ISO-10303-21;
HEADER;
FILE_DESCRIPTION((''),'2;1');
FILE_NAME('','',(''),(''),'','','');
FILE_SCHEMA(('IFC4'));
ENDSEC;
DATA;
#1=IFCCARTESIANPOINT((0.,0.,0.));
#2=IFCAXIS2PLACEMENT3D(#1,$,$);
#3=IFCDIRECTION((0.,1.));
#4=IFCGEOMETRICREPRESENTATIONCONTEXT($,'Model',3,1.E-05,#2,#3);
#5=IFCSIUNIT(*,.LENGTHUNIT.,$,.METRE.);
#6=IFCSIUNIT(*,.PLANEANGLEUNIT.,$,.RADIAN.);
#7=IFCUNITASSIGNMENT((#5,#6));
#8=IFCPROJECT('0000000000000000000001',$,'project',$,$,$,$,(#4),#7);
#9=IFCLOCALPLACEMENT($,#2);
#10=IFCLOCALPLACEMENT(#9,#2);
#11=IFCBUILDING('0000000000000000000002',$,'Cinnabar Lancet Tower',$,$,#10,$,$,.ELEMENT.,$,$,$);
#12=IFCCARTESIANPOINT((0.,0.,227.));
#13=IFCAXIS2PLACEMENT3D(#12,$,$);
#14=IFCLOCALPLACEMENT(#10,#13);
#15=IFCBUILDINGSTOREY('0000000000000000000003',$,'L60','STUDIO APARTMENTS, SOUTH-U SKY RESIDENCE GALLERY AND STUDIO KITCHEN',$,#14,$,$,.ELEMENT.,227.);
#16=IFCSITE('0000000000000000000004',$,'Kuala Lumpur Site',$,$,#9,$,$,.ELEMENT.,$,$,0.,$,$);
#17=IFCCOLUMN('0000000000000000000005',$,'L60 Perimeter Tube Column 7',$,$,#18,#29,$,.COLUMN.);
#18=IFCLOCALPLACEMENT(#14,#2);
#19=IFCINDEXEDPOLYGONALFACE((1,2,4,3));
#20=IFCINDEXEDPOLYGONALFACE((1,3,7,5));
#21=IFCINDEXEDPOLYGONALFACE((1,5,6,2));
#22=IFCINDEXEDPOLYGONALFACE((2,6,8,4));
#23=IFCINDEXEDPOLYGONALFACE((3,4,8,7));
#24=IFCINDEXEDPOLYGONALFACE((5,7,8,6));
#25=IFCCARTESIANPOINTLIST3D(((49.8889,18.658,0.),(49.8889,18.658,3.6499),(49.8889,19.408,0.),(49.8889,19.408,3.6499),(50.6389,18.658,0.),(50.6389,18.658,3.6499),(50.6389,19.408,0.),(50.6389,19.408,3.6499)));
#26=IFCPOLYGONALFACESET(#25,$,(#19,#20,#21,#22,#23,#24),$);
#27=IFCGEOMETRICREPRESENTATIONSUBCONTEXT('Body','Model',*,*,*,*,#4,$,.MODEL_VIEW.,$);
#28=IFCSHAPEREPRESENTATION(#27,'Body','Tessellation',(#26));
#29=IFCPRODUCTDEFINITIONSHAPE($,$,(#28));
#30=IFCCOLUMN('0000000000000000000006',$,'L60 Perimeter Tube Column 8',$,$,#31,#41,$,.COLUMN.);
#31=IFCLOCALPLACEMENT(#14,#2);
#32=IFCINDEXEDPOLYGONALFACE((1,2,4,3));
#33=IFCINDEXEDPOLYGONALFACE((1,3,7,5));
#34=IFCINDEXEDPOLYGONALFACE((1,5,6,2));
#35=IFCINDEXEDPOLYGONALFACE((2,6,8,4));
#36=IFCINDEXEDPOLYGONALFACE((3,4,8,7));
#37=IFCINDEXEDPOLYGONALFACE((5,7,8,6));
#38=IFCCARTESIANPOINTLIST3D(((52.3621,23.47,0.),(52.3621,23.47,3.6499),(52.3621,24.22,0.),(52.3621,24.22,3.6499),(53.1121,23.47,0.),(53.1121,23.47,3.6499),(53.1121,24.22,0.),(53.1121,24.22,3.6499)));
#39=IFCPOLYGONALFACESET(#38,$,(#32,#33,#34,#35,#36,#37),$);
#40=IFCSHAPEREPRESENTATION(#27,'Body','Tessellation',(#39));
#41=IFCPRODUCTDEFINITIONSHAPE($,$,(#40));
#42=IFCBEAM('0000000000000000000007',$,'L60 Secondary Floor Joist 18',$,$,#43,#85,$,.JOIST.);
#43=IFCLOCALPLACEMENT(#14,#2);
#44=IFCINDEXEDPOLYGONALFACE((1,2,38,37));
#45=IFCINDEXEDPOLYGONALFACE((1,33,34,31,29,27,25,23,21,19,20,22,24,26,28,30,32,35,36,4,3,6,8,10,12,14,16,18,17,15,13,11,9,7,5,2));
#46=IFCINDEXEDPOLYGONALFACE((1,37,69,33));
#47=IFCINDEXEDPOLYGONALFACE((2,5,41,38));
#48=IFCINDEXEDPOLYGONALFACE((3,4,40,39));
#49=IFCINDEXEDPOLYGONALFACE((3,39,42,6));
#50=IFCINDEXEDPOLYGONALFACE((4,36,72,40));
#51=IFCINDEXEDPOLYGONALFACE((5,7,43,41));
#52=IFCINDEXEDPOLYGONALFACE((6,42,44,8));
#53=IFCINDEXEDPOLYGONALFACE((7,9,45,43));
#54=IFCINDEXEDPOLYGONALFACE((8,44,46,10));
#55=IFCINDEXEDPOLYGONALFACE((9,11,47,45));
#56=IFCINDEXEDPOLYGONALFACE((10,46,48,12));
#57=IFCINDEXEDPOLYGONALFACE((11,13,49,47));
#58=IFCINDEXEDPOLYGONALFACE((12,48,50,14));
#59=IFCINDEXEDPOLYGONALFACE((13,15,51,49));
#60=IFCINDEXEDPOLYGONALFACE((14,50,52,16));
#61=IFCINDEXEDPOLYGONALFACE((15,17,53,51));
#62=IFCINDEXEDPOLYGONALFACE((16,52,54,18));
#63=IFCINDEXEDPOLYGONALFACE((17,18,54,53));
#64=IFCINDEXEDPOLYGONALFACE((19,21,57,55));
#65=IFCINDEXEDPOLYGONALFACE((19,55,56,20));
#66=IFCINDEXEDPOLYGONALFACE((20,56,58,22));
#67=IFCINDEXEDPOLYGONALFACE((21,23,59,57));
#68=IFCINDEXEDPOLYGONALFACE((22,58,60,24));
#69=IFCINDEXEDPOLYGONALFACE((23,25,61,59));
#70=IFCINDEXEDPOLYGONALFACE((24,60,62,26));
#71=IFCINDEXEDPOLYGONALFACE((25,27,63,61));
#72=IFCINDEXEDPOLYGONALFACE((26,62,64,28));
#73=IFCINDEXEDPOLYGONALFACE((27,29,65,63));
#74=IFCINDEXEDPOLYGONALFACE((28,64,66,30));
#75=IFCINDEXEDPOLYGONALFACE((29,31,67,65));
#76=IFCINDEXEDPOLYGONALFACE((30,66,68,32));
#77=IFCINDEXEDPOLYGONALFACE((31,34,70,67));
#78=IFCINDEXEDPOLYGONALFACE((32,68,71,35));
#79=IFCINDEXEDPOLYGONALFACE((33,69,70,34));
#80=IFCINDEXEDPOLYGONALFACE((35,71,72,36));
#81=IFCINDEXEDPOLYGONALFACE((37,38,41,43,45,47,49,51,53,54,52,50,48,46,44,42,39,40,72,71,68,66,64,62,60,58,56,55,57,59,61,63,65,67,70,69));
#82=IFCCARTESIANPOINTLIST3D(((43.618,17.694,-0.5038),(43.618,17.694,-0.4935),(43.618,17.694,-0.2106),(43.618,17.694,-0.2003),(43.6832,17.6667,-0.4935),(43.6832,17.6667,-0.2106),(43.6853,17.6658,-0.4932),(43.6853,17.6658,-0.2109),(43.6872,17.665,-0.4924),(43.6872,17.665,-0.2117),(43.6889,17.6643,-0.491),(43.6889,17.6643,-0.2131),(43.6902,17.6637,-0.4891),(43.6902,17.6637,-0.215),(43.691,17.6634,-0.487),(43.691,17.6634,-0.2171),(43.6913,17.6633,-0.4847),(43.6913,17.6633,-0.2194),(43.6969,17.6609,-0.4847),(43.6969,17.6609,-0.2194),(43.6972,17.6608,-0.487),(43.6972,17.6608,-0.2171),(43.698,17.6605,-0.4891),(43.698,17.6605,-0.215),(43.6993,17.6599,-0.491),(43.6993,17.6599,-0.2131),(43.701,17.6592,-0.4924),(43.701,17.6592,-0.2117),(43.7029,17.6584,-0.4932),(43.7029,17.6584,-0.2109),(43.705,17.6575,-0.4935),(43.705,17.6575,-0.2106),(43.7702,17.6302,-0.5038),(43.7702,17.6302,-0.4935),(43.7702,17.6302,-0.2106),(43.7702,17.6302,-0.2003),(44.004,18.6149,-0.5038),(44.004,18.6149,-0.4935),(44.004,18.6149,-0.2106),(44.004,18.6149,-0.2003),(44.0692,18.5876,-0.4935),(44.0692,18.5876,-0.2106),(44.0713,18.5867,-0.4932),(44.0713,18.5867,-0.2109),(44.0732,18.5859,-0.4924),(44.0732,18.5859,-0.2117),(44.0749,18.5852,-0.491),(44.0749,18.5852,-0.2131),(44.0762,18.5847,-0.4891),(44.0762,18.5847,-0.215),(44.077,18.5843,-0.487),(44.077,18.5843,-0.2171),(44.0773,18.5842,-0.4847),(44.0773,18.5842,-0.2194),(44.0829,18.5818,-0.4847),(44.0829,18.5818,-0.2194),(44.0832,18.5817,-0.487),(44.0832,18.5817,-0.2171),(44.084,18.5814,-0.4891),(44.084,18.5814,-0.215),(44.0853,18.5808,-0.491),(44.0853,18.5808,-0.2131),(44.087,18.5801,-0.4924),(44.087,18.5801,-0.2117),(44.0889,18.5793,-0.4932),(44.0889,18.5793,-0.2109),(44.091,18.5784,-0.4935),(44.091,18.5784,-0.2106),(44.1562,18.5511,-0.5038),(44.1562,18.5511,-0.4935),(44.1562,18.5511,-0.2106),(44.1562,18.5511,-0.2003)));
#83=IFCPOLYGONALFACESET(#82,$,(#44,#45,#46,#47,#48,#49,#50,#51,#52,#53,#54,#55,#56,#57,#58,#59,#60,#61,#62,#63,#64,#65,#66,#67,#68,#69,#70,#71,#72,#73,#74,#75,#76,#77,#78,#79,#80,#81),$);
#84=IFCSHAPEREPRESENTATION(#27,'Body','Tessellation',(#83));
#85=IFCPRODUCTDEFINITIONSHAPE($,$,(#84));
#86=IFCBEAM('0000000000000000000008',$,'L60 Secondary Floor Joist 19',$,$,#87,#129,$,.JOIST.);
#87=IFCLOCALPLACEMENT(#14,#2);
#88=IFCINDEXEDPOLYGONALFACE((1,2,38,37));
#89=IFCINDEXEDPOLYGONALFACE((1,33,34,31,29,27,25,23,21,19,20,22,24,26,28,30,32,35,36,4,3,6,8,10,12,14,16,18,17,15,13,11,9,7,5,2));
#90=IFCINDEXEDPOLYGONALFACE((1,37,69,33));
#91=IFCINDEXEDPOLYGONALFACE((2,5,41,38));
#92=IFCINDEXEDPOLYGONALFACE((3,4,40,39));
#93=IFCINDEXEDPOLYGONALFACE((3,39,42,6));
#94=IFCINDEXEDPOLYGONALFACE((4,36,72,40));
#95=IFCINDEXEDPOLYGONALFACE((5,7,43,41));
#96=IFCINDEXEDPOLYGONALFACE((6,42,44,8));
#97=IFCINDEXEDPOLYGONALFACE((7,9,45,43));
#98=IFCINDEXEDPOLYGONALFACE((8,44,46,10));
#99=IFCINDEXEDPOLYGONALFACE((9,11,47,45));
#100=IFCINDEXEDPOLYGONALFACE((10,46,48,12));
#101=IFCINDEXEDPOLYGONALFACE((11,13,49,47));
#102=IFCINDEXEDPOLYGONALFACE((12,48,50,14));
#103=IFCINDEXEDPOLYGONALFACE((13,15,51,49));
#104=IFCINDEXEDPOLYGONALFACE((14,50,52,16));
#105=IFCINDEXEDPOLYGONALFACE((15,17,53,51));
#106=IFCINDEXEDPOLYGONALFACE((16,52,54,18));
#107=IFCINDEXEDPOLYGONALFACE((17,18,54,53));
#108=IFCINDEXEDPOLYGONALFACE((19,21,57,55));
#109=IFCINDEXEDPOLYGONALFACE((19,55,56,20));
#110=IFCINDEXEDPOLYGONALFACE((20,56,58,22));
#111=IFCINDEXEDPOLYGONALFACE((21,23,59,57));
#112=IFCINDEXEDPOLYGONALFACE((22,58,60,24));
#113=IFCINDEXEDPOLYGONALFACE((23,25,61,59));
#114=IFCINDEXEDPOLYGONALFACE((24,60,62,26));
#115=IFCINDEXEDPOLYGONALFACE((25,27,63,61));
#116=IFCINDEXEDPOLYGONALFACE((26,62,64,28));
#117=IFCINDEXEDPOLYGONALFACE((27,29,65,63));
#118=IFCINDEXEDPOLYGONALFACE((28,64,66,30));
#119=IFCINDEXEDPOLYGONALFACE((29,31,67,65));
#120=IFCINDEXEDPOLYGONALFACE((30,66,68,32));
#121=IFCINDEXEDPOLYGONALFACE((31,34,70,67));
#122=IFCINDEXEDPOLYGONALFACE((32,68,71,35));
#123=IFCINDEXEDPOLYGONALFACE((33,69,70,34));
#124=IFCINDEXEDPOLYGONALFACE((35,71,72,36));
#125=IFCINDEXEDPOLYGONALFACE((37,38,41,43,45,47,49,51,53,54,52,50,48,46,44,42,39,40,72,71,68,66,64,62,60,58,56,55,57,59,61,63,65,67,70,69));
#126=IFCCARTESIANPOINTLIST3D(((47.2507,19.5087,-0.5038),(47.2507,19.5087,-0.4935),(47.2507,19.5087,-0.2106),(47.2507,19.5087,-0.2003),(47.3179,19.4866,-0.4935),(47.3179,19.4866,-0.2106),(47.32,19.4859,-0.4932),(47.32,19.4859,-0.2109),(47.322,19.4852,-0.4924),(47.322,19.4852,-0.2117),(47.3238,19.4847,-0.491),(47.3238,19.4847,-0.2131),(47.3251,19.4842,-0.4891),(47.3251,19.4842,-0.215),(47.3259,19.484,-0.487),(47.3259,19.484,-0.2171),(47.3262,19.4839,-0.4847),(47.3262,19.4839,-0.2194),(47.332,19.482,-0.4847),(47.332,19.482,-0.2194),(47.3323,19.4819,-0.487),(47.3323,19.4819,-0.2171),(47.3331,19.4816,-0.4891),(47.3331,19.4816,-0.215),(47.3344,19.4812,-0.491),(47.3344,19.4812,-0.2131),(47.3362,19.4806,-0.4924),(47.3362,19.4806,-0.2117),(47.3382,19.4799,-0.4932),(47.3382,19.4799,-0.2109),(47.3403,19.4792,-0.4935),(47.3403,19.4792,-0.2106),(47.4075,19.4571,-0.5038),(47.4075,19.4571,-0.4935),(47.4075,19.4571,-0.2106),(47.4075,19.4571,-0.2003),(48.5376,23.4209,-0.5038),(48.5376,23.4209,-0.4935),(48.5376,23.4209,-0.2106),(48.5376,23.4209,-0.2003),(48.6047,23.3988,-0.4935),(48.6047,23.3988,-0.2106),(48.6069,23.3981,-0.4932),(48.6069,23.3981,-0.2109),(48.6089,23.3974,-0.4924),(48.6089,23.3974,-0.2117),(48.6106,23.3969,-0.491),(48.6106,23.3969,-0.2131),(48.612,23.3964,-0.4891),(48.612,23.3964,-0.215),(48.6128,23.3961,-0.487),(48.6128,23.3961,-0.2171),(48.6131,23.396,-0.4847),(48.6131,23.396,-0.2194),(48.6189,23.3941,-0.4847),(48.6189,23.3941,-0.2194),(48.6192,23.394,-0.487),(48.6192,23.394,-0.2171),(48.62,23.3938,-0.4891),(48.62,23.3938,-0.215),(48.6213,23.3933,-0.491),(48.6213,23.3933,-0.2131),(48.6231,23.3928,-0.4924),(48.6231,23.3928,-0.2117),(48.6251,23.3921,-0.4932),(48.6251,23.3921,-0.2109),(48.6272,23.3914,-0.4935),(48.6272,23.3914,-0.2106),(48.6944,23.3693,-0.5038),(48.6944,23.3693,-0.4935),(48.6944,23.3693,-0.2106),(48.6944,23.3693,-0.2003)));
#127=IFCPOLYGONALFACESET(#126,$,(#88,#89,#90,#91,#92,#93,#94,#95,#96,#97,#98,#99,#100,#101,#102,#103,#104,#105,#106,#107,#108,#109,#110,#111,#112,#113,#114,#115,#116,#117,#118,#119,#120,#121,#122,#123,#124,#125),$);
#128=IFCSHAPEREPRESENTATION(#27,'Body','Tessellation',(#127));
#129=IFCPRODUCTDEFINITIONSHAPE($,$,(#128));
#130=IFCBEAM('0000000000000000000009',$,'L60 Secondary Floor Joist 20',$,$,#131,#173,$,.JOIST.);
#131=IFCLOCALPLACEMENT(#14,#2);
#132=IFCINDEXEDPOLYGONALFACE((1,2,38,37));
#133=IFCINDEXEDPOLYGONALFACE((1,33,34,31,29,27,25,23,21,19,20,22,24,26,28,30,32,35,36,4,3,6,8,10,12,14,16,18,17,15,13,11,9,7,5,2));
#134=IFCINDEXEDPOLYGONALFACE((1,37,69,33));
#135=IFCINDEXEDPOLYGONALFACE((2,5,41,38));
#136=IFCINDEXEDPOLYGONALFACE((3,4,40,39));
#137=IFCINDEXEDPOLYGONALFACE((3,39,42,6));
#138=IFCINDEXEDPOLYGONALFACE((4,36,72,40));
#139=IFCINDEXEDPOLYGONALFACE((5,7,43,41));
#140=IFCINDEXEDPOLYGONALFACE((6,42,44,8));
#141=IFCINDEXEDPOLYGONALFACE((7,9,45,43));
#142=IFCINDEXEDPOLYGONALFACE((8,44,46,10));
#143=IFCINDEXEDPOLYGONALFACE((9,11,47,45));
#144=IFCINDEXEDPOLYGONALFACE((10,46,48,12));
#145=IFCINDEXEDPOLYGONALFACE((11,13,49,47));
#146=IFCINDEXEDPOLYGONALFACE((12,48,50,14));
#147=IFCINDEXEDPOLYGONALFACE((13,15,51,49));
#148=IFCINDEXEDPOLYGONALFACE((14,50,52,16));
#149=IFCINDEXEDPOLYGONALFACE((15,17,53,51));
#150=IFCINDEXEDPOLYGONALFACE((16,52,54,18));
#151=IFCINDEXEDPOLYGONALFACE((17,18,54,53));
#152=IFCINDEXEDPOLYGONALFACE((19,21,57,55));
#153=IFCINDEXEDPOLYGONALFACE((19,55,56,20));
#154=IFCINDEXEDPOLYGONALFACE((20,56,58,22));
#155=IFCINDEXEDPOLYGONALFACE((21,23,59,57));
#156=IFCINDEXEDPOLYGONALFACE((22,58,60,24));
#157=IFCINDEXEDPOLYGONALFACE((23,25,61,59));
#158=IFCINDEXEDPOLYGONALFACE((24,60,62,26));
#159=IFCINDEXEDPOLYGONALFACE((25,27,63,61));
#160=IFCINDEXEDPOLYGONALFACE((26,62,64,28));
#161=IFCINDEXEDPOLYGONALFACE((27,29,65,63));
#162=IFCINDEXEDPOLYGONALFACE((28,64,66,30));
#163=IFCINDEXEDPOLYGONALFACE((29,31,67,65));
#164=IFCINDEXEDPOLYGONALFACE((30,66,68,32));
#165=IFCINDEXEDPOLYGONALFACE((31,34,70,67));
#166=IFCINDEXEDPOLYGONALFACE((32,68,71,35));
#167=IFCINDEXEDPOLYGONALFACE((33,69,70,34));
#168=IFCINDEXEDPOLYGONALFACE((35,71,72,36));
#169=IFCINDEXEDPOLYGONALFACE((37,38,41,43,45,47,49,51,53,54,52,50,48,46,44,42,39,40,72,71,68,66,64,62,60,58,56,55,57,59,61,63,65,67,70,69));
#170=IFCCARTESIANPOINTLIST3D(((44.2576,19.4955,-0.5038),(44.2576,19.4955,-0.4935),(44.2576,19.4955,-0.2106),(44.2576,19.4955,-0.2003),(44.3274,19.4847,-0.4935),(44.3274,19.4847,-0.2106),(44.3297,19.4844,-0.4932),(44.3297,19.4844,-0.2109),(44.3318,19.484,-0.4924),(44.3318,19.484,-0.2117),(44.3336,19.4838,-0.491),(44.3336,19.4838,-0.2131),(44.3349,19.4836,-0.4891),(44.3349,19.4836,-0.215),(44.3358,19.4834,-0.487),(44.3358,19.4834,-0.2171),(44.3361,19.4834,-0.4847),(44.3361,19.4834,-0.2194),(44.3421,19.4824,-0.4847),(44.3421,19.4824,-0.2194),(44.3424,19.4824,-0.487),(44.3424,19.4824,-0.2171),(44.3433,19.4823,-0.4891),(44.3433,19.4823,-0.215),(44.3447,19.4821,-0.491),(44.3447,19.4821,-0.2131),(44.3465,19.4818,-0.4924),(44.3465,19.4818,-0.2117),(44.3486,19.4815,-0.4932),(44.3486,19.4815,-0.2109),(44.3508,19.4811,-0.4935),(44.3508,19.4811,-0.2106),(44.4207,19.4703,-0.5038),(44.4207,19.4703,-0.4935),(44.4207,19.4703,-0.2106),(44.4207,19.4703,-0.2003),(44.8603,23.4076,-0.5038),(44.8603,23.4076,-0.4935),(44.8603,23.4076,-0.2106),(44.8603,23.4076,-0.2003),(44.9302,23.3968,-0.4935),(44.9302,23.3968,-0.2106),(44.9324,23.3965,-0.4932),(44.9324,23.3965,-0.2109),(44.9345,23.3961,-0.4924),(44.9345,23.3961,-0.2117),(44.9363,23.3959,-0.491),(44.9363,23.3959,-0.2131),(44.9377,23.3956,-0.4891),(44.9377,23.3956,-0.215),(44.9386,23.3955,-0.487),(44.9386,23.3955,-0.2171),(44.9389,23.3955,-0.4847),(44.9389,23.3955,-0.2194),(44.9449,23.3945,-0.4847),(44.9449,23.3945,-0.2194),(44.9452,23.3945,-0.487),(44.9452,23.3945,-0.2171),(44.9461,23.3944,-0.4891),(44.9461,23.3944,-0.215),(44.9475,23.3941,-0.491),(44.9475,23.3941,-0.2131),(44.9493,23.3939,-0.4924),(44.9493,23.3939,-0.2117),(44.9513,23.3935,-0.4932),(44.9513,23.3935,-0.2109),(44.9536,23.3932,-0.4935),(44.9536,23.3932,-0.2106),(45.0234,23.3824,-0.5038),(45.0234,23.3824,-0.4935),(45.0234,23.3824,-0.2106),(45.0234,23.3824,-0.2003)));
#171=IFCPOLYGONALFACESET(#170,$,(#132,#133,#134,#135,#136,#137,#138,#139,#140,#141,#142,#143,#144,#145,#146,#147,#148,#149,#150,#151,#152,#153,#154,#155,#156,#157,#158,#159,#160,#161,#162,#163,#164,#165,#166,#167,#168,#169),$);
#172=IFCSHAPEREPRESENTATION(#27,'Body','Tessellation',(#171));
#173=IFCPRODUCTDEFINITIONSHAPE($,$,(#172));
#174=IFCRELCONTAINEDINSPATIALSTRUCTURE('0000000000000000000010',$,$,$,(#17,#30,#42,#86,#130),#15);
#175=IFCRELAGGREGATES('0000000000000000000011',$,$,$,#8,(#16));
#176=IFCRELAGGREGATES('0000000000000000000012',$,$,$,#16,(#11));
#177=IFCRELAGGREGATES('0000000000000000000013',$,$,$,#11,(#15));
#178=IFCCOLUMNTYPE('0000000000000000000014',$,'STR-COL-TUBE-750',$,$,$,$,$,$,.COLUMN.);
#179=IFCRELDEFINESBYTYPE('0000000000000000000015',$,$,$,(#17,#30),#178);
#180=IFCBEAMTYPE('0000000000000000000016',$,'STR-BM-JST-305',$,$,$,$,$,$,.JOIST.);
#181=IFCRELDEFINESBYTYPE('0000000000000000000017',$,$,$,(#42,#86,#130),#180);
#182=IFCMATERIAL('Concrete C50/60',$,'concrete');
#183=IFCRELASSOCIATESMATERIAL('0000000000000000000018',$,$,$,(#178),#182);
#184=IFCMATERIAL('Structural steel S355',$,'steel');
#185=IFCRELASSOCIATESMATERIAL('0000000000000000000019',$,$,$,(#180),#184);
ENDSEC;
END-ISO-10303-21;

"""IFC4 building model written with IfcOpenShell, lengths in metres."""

from ifc_helpers import new_model, si_unit, direction, frame, origin, origin_2d, place, context, subcontext, project, spatial, rectangle, i_section, extrude, material, material_profile, profile_set, type_object, element, save


model = new_model("IFC4")

# Units and contexts
model_context = context("Model", 3, precision=1e-05, world=origin(), true_north=direction((0.0, 1.0)))
body_context = subcontext(model_context, "Body", "Model", "MODEL_VIEW")
ifc_project = project(units=[si_unit("LENGTHUNIT", "METRE"), si_unit("PLANEANGLEUNIT", "RADIAN")], contexts=[model_context])

# Site, building, storey
site_placement = place(None, origin())
site = spatial("IfcSite", under=ifc_project, at=site_placement, Name="Kuala Lumpur Site", CompositionType="ELEMENT", RefElevation=0.0)
building_placement = place(site_placement, origin())
building = spatial("IfcBuilding", under=site, at=building_placement, Name="Cinnabar Lancet Tower", CompositionType="ELEMENT")
storey_placement = place(building_placement, frame((0.0, 0.0, 227.0)))
storey = spatial("IfcBuildingStorey", under=building, at=storey_placement, Name="L60", Description="STUDIO APARTMENTS, SOUTH-U SKY RESIDENCE GALLERY AND STUDIO KITCHEN", CompositionType="ELEMENT", Elevation=227.0)

# Columns
ifc_material_1 = material(Name="Concrete C50/60", Category="concrete")
ifc_material_profile_1 = material_profile(ifc_material_1, rectangle(XDim=0.75, YDim=0.75, at=origin_2d()), Name="RC-COL 750x750")
ifc_profile_set_1 = profile_set([ifc_material_profile_1], Name="Concrete C50/60")
column_type = type_object("IfcColumnType", Name="STR-COL-TUBE-750", PredefinedType="COLUMN", material=ifc_profile_set_1)
for number, where, z_axis, x_axis, name in (
    (1, (50.2639, 19.033, 0.0), (0.0, 0.0, 1.0), (1.0, 0.0, 0.0), "L60 Perimeter Tube Column 7"),
    (2, (52.7371, 23.845, 0.0), (0.0, 0.0, 1.0), (1.0, 0.0, 0.0), "L60 Perimeter Tube Column 8"),
):
    element("IfcColumn", number, at=place(storey_placement, frame(where, z_axis=z_axis, x_axis=x_axis)), inside=storey, type_object=column_type, Name=name, PredefinedType="COLUMN", context=body_context, shape_type="SweptSolid", body=[
        extrude(rectangle(XDim=0.75, YDim=0.75, at=origin_2d()), origin(), (0.0, 0.0, 1.0), 3.6499),
    ])

# Beams
ifc_material_2 = material(Name="Structural steel S355", Category="steel")
ifc_material_profile_2 = material_profile(ifc_material_2, i_section(OverallWidth=0.165, OverallDepth=0.3035, WebThickness=0.0061, FlangeThickness=0.0103, FilletRadius=0.0088, at=origin_2d()), Name="UKB 305x165x40")
ifc_profile_set_2 = profile_set([ifc_material_profile_2], Name="Structural steel S355")
beam_type_1 = type_object("IfcBeamType", Name="STR-BM-JST-305", PredefinedType="JOIST", material=ifc_profile_set_2)
beam_1_placement = place(storey_placement, frame((43.6941, 17.6621, -0.3521), z_axis=(0.386559, 0.922265, 0.0), x_axis=(-0.922265, 0.386559, 0.0)))
element("IfcBeam", 3, at=beam_1_placement, inside=storey, type_object=beam_type_1, Name="L60 Secondary Floor Joist 18", PredefinedType="JOIST", context=body_context, shape_type="SweptSolid", body=[
    extrude(i_section(OverallWidth=0.165, OverallDepth=0.3035, WebThickness=0.0061, FlangeThickness=0.0103, FilletRadius=0.0088, at=origin_2d()), origin(), (0.0, 0.0, 1.0), 0.9985),
])
beam_2_placement = place(storey_placement, frame((47.3291, 19.4829, -0.3521), z_axis=(0.312473, 0.949927, 0.0), x_axis=(-0.949927, 0.312473, 0.0)))
element("IfcBeam", 4, at=beam_2_placement, inside=storey, type_object=beam_type_1, Name="L60 Secondary Floor Joist 19", PredefinedType="JOIST", context=body_context, shape_type="SweptSolid", body=[
    extrude(i_section(OverallWidth=0.165, OverallDepth=0.3035, WebThickness=0.0061, FlangeThickness=0.0103, FilletRadius=0.0088, at=origin_2d()), origin(), (0.0, 0.0, 1.0), 4.1184),
])
beam_3_placement = place(storey_placement, frame((44.3391, 19.4829, -0.3521), z_axis=(0.152284, 0.988337, 0.0), x_axis=(-0.988337, 0.152284, 0.0)))
element("IfcBeam", 5, at=beam_3_placement, inside=storey, type_object=beam_type_1, Name="L60 Secondary Floor Joist 20", PredefinedType="JOIST", context=body_context, shape_type="SweptSolid", body=[
    extrude(i_section(OverallWidth=0.165, OverallDepth=0.3035, WebThickness=0.0061, FlangeThickness=0.0103, FilletRadius=0.0088, at=origin_2d()), origin(), (0.0, 0.0, 1.0), 3.9583),
])

save(model, "model.ifc")
